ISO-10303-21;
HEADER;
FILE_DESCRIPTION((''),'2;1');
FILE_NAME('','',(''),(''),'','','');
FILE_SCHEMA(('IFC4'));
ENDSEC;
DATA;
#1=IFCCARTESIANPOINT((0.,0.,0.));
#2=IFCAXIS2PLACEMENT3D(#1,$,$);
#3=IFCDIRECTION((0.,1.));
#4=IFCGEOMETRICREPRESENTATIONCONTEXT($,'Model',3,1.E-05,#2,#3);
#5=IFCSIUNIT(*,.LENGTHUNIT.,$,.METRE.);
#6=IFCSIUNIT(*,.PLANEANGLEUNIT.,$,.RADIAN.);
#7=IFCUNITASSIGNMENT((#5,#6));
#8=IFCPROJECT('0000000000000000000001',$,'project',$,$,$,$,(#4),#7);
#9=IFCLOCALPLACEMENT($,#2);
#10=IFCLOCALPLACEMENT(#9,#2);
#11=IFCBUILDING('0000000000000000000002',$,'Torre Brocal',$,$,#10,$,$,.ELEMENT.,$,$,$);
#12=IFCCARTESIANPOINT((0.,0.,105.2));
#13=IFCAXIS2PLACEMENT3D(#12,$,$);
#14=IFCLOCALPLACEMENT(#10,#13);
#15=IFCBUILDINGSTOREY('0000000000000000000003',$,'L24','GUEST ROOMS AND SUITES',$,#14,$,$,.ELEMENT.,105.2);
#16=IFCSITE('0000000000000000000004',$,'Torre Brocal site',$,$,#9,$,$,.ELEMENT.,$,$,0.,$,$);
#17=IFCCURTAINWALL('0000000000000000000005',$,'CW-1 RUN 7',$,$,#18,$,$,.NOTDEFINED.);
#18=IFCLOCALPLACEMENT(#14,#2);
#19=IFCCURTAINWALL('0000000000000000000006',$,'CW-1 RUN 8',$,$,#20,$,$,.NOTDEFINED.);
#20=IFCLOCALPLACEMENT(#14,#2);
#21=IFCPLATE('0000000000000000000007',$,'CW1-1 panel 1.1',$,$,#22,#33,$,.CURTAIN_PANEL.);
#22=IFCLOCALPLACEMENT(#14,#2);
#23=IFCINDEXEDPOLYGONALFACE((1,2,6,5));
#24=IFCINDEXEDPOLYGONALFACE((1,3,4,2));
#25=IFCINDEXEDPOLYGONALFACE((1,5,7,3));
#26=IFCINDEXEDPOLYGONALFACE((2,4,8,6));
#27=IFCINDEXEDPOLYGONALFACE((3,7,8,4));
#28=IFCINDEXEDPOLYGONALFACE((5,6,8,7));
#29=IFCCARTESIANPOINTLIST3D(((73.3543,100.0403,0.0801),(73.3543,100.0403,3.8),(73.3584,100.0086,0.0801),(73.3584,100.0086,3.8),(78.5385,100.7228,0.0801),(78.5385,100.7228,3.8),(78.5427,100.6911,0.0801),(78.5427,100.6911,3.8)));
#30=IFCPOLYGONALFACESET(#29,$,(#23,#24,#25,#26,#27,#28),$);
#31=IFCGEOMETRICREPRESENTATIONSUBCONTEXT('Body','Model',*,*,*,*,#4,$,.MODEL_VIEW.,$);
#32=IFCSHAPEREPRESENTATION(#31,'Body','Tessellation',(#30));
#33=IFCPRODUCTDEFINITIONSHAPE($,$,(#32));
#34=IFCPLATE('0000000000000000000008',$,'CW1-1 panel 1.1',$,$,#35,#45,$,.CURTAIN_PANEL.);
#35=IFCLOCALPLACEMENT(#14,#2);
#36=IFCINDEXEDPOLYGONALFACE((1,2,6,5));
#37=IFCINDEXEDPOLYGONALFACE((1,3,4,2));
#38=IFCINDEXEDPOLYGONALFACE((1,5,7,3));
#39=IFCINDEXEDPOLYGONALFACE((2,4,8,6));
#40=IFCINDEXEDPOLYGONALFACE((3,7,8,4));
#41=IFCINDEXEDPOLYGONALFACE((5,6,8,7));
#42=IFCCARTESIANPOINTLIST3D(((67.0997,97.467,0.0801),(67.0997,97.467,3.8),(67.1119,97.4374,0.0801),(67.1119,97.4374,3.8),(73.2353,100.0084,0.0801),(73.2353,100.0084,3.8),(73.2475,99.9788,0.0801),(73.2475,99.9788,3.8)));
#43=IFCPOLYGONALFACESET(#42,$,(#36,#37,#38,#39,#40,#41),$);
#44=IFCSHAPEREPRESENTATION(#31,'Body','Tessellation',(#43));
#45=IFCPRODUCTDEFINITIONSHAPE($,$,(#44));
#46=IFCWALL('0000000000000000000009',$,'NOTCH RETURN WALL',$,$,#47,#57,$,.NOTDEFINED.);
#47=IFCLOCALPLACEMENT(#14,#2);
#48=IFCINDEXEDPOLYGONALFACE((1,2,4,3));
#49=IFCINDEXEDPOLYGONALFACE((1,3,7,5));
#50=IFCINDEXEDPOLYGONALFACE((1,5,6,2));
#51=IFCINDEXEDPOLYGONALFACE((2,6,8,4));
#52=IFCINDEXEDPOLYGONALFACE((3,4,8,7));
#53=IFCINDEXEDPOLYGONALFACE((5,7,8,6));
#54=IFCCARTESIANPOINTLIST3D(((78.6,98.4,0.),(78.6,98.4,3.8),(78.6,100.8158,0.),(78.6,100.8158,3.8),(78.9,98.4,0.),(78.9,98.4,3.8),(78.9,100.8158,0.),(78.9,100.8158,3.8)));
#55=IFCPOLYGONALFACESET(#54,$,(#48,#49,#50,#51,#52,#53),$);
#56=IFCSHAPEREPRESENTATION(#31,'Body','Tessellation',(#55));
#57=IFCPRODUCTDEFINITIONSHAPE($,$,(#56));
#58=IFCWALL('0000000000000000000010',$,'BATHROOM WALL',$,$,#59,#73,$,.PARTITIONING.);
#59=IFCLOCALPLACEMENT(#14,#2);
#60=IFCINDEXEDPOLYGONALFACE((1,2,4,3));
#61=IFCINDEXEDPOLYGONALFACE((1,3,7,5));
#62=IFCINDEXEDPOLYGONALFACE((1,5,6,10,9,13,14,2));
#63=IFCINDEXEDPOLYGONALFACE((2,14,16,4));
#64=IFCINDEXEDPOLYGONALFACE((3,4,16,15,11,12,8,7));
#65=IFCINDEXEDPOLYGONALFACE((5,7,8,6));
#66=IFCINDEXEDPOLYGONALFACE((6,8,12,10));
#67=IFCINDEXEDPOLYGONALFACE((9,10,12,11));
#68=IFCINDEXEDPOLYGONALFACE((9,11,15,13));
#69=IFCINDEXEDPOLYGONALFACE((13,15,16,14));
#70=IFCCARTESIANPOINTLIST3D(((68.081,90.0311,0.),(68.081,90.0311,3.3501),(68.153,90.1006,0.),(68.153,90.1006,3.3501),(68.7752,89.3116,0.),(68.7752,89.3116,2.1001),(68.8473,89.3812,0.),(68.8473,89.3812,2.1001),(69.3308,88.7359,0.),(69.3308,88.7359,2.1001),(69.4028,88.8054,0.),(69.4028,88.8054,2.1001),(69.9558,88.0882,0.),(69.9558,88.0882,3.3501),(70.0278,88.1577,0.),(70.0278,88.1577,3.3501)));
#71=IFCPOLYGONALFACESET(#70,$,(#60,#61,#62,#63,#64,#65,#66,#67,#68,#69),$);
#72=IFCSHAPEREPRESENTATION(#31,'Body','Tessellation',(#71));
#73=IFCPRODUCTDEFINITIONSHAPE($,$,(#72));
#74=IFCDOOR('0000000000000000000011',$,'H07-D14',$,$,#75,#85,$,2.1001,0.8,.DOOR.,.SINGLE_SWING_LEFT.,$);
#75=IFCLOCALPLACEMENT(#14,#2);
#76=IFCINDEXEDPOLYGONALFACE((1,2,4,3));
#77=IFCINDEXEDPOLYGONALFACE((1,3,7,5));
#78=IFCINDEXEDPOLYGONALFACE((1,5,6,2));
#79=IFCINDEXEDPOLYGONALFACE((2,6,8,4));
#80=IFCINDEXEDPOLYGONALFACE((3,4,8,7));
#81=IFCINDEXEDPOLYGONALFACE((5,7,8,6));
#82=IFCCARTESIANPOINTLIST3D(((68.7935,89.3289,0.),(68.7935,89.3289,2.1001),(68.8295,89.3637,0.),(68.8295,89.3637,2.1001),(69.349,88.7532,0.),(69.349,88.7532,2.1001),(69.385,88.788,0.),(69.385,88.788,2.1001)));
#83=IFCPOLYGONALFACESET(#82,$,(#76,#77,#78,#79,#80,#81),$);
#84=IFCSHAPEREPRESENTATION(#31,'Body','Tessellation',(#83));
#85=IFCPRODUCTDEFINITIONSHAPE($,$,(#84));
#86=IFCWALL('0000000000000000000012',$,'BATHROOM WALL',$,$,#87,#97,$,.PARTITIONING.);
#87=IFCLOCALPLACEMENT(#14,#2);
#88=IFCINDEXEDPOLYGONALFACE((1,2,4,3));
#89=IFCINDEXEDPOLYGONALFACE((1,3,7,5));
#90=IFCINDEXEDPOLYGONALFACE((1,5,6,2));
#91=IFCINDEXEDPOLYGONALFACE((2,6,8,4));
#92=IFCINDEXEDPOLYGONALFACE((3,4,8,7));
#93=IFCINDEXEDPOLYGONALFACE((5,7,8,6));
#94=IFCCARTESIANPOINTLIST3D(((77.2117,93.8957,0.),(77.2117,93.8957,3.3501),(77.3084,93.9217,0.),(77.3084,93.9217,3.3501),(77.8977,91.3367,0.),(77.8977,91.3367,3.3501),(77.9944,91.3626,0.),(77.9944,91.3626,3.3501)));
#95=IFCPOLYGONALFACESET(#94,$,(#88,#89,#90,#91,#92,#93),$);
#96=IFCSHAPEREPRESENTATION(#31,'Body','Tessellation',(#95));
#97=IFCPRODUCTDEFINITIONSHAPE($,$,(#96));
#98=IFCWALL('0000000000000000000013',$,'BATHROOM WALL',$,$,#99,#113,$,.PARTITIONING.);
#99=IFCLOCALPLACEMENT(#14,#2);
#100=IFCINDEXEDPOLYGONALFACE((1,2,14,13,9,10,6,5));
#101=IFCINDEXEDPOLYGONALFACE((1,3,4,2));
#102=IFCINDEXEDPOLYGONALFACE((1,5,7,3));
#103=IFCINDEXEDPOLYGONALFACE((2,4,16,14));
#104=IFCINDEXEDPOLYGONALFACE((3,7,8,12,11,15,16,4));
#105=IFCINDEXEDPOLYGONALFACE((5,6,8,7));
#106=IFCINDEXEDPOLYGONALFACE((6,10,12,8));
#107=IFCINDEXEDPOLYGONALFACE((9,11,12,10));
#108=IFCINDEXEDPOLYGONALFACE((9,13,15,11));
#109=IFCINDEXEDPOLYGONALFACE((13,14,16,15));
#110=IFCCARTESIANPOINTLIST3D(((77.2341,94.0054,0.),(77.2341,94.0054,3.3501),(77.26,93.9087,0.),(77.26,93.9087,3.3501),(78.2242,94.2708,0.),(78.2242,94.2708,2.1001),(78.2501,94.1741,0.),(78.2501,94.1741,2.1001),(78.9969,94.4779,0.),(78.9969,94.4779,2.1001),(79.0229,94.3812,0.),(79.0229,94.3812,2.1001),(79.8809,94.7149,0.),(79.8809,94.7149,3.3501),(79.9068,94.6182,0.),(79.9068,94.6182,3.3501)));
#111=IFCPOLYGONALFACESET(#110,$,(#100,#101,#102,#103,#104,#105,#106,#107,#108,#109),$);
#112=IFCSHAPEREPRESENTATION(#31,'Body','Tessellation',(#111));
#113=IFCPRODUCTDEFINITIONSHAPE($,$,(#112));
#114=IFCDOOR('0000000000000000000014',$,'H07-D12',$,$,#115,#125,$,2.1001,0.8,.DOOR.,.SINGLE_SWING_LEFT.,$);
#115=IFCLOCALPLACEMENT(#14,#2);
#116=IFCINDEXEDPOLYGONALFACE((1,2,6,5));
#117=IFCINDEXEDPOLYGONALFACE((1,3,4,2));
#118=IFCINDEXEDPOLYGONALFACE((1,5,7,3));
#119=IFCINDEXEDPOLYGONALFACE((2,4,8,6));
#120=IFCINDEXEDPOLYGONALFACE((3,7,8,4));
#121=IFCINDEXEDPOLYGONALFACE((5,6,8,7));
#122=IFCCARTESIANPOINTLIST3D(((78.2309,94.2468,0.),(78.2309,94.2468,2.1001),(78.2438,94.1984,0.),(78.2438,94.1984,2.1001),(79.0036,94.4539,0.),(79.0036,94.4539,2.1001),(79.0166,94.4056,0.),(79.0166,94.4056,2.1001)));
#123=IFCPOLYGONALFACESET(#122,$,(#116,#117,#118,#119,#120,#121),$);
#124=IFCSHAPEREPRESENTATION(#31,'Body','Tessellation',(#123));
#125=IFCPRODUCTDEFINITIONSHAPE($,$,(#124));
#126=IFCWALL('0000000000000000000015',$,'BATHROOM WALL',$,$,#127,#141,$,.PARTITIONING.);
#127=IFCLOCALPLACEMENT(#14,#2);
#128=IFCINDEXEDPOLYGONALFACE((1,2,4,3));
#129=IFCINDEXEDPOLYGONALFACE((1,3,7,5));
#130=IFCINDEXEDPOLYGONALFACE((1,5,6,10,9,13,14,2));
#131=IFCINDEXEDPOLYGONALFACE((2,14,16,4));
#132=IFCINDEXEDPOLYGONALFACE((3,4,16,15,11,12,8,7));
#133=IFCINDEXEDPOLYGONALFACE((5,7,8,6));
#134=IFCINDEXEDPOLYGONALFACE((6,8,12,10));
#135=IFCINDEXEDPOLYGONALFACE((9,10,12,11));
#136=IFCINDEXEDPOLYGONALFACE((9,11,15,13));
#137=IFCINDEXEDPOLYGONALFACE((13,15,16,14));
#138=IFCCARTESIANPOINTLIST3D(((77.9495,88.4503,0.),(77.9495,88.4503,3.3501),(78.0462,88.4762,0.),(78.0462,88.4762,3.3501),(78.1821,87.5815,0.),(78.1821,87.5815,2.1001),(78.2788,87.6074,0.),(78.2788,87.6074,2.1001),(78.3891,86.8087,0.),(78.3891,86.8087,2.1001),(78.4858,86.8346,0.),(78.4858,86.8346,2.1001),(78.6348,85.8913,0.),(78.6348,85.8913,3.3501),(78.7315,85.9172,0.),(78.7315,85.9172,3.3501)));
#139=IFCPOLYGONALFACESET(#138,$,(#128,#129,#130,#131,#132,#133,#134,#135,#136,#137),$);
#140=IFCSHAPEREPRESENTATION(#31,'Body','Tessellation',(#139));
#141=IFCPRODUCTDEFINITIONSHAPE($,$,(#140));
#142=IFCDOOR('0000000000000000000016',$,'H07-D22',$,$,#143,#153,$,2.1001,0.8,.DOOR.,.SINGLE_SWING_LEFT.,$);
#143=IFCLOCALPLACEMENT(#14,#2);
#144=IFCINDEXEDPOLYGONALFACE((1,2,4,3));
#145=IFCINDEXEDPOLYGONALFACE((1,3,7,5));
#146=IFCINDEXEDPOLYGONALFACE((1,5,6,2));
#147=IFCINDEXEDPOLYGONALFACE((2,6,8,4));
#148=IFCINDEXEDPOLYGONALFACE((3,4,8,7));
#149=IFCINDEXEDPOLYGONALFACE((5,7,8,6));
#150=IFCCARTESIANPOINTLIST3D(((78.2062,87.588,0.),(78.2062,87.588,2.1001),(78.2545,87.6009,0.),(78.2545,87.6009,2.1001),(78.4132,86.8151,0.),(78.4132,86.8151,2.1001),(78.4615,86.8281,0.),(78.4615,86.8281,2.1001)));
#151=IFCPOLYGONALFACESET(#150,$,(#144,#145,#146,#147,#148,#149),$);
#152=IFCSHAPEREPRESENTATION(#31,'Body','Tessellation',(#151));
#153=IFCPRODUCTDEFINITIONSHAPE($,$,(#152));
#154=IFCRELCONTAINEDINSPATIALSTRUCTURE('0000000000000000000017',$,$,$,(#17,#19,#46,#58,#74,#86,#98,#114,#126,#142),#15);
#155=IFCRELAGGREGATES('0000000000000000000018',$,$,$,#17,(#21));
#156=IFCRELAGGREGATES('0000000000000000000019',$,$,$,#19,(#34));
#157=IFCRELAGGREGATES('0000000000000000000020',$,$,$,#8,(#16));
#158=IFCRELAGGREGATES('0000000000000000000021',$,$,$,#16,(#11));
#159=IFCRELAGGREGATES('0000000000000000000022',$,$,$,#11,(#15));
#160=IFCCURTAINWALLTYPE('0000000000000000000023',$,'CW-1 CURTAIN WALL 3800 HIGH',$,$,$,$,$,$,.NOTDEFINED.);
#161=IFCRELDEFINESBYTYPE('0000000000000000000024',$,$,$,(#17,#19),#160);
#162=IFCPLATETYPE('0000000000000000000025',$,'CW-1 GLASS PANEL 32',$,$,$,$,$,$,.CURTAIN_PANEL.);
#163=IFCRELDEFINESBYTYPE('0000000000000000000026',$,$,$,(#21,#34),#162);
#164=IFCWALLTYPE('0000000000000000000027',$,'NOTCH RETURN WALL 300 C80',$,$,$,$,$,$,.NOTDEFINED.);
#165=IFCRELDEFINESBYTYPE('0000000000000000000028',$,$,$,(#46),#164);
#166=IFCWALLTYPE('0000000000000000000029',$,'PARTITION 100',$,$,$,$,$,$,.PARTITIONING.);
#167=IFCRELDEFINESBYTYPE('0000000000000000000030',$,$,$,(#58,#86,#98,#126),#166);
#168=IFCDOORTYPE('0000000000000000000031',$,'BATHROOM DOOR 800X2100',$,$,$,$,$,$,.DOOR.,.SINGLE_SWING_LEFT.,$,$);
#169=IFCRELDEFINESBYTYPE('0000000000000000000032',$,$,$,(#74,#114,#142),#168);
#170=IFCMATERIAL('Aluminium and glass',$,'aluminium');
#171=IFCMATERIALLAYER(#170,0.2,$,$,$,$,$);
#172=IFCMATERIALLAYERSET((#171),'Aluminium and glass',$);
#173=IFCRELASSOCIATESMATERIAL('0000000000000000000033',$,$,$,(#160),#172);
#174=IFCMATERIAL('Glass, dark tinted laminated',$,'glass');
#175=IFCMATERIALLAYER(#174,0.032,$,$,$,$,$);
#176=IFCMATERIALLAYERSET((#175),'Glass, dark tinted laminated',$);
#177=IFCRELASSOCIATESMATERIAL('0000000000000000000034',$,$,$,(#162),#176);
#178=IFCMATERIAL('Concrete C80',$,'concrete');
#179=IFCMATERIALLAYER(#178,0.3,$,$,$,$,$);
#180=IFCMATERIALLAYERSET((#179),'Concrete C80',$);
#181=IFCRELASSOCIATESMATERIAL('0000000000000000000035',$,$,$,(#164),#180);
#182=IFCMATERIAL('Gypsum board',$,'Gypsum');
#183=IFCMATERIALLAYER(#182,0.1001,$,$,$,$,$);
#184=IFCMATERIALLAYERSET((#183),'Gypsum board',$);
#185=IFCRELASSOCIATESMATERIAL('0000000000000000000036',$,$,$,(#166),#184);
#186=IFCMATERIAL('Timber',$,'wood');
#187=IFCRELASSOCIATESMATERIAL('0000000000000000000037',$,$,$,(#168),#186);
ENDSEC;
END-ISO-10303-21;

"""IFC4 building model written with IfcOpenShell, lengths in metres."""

from ifc_helpers import new_model, si_unit, direction, frame, frame_2d, origin, origin_2d, place, context, subcontext, project, spatial, rectangle, extrude, material, layer, layer_set, type_object, element, fill, aggregate, save


model = new_model("IFC4")

# Units and contexts
model_context = context("Model", 3, precision=1e-05, world=origin(), true_north=direction((0.0, 1.0)))
body_context = subcontext(model_context, "Body", "Model", "MODEL_VIEW")
ifc_project = project(units=[si_unit("LENGTHUNIT", "METRE"), si_unit("PLANEANGLEUNIT", "RADIAN")], contexts=[model_context])

# Site, building, storey
site_placement = place(None, origin())
site = spatial("IfcSite", under=ifc_project, at=site_placement, Name="Torre Brocal site", CompositionType="ELEMENT", RefElevation=0.0)
building_placement = place(site_placement, origin())
building = spatial("IfcBuilding", under=site, at=building_placement, Name="Torre Brocal", CompositionType="ELEMENT")
storey_placement = place(building_placement, frame((0.0, 0.0, 105.2)))
storey = spatial("IfcBuildingStorey", under=building, at=storey_placement, Name="L24", Description="GUEST ROOMS AND SUITES", CompositionType="ELEMENT", Elevation=105.2)

# Curtain wall
ifc_material_1 = material(Name="Aluminium and glass", Category="aluminium")
ifc_layer_1 = layer(ifc_material_1, 0.2)
ifc_layer_set_1 = layer_set([ifc_layer_1], Name="Aluminium and glass")
curtain_wall_type = type_object("IfcCurtainWallType", Name="CW-1 CURTAIN WALL 3800 HIGH", PredefinedType="NOTDEFINED", material=ifc_layer_set_1)
curtain_wall_1_placement = place(storey_placement, origin())
curtain_wall_1 = element("IfcCurtainWall", 1, at=curtain_wall_1_placement, inside=storey, type_object=curtain_wall_type, Name="CW-1 RUN 7", PredefinedType="NOTDEFINED")

# Curtain wall
curtain_wall_2_placement = place(storey_placement, origin())
curtain_wall_2 = element("IfcCurtainWall", 2, at=curtain_wall_2_placement, inside=storey, type_object=curtain_wall_type, Name="CW-1 RUN 8", PredefinedType="NOTDEFINED")

# Plates
ifc_material_2 = material(Name="Glass, dark tinted laminated", Category="glass")
ifc_layer_2 = layer(ifc_material_2, 0.032)
ifc_layer_set_2 = layer_set([ifc_layer_2], Name="Glass, dark tinted laminated")
plate_type = type_object("IfcPlateType", Name="CW-1 GLASS PANEL 32", PredefinedType="CURTAIN_PANEL", material=ifc_layer_set_2)
plate_1_placement = place(storey_placement, frame((75.9485, 100.3657, 0.0801), z_axis=(0.0, 0.0, 1.0), x_axis=(-0.991445, -0.130526, 0.0)))
plate_1 = element("IfcPlate", 3, at=plate_1_placement, type_object=plate_type, Name="CW1-1 panel 1.1", PredefinedType="CURTAIN_PANEL", context=body_context, shape_type="SweptSolid", body=[
    extrude(rectangle(XDim=5.229, YDim=0.032, at=origin_2d()), origin(), (0.0, 0.0, 1.0), 3.72),
])
aggregate(curtain_wall_1, [plate_1])
plate_2_placement = place(storey_placement, frame((70.1736, 98.7229, 0.0801), z_axis=(0.0, 0.0, 1.0), x_axis=(-0.92388, -0.382683, 0.0)))
plate_2 = element("IfcPlate", 4, at=plate_2_placement, type_object=plate_type, Name="CW1-1 panel 1.1", PredefinedType="CURTAIN_PANEL", context=body_context, shape_type="SweptSolid", body=[
    extrude(rectangle(XDim=6.6411, YDim=0.032, at=origin_2d()), origin(), (0.0, 0.0, 1.0), 3.72),
])
aggregate(curtain_wall_2, [plate_2])

# Wall
ifc_material_3 = material(Name="Concrete C80", Category="concrete")
ifc_layer_3 = layer(ifc_material_3, 0.3)
ifc_layer_set_3 = layer_set([ifc_layer_3], Name="Concrete C80")
wall_type_1 = type_object("IfcWallType", Name="NOTCH RETURN WALL 300 C80", PredefinedType="NOTDEFINED", material=ifc_layer_set_3)
wall_1_placement = place(storey_placement, frame((78.75, 98.3999, 0.0), z_axis=(0.0, 0.0, 1.0), x_axis=(0.0, 1.0, 0.0)))
element("IfcWall", 5, at=wall_1_placement, inside=storey, type_object=wall_type_1, Name="NOTCH RETURN WALL", PredefinedType="NOTDEFINED", context=body_context, shape_type="SweptSolid", body=[
    extrude(rectangle(XDim=2.4158, YDim=0.3, at=frame_2d((1.208, 0.0))), origin(), (0.0, 0.0, 1.0), 3.8),
])

# Wall, opening, door
ifc_material_4 = material(Name="Gypsum board", Category="Gypsum")
ifc_layer_4 = layer(ifc_material_4, 0.1001)
ifc_layer_set_4 = layer_set([ifc_layer_4], Name="Gypsum board")
wall_type_2 = type_object("IfcWallType", Name="PARTITION 100", PredefinedType="PARTITIONING", material=ifc_layer_set_4)
wall_2_placement = place(storey_placement, frame((68.1169, 90.0659, 0.0), z_axis=(0.0, 0.0, 1.0), x_axis=(0.69438, -0.719609, 0.0)))
wall_2 = element("IfcWall", 6, at=wall_2_placement, inside=storey, type_object=wall_type_2, Name="BATHROOM WALL", PredefinedType="PARTITIONING", context=body_context, shape_type="SweptSolid", body=[
    extrude(rectangle(XDim=2.7, YDim=0.1001, at=frame_2d((1.3501, 0.0))), origin(), (0.0, 0.0, 1.0), 3.3501),
])
opening_1_placement = place(wall_2_placement, frame((1.0, 0.0, 0.0)))
opening_1 = element("IfcOpeningElement", 7, at=opening_1_placement, cuts=wall_2, PredefinedType="OPENING", context=body_context, shape_type="SweptSolid", body=[
    extrude(rectangle(XDim=0.8, YDim=2.1001, at=frame_2d((0.3999, 1.05))), frame((0.0, 0.0601, 0.0), z_axis=(0.0, -1.0, 0.0), x_axis=(1.0, 0.0, 0.0)), (0.0, 0.0, 1.0), 0.1201),
])
ifc_material_5 = material(Name="Timber", Category="wood")
door_type_1 = type_object("IfcDoorType", Name="BATHROOM DOOR 800X2100", OperationType="SINGLE_SWING_LEFT", PredefinedType="DOOR", material=ifc_material_5)
door_1_placement = place(opening_1_placement, frame((0.8, 0.0, 0.0), z_axis=(0.0, 0.0, 1.0), x_axis=(-1.0, 0.0, 0.0)))
door_1 = element("IfcDoor", 8, at=door_1_placement, inside=storey, type_object=door_type_1, Name="H07-D14", OperationType="SINGLE_SWING_LEFT", OverallHeight=2.1001, OverallWidth=0.8, PredefinedType="DOOR", context=body_context, shape_type="SweptSolid", body=[
    extrude(rectangle(XDim=0.8, YDim=2.1001, at=frame_2d((0.3999, 1.05))), frame((0.0, 0.0249, 0.0), z_axis=(0.0, -1.0, 0.0), x_axis=(1.0, 0.0, 0.0)), (0.0, 0.0, 1.0), 0.05),
])
fill(opening_1, door_1)

# Wall
wall_3_placement = place(storey_placement, frame((77.26, 93.9087, 0.0), z_axis=(0.0, 0.0, 1.0), x_axis=(0.258936, -0.965895, 0.0)))
element("IfcWall", 9, at=wall_3_placement, inside=storey, type_object=wall_type_2, Name="BATHROOM WALL", PredefinedType="PARTITIONING", context=body_context, shape_type="SweptSolid", body=[
    extrude(rectangle(XDim=2.6494, YDim=0.1001, at=frame_2d((1.3247, 0.0))), origin(), (0.0, 0.0, 1.0), 3.3501),
])

# Walls, openings, doors
wall_4_placement = place(storey_placement, frame((77.2471, 93.957, 0.0), z_axis=(0.0, 0.0, 1.0), x_axis=(0.9659, 0.258916, 0.0)))
wall_4 = element("IfcWall", 10, at=wall_4_placement, inside=storey, type_object=wall_type_2, Name="BATHROOM WALL", PredefinedType="PARTITIONING", context=body_context, shape_type="SweptSolid", body=[
    extrude(rectangle(XDim=2.7402, YDim=0.1001, at=frame_2d((1.3701, 0.0))), origin(), (0.0, 0.0, 1.0), 3.3501),
])
opening_2_placement = place(wall_4_placement, frame((1.0251, 0.0, 0.0)))
opening_2 = element("IfcOpeningElement", 11, at=opening_2_placement, cuts=wall_4, PredefinedType="OPENING", context=body_context, shape_type="SweptSolid", body=[
    extrude(rectangle(XDim=0.8, YDim=2.1001, at=frame_2d((0.3999, 1.05))), frame((0.0, 0.0601, 0.0), z_axis=(0.0, -1.0, 0.0), x_axis=(1.0, 0.0, 0.0)), (0.0, 0.0, 1.0), 0.1201),
])
door_2_placement = place(opening_2_placement, frame((0.8, 0.0, 0.0), z_axis=(0.0, 0.0, 1.0), x_axis=(-1.0, 0.0, 0.0)))
door_2 = element("IfcDoor", 12, at=door_2_placement, inside=storey, type_object=door_type_1, Name="H07-D12", OperationType="SINGLE_SWING_LEFT", OverallHeight=2.1001, OverallWidth=0.8, PredefinedType="DOOR", context=body_context, shape_type="SweptSolid", body=[
    extrude(rectangle(XDim=0.8, YDim=2.1001, at=frame_2d((0.3999, 1.05))), frame((0.0, 0.0249, 0.0), z_axis=(0.0, -1.0, 0.0), x_axis=(1.0, 0.0, 0.0)), (0.0, 0.0, 1.0), 0.05),
])
fill(opening_2, door_2)
wall_5_placement = place(storey_placement, frame((77.9978, 88.4634, 0.0), z_axis=(0.0, 0.0, 1.0), x_axis=(0.258678, -0.965964, 0.0)))
wall_5 = element("IfcWall", 13, at=wall_5_placement, inside=storey, type_object=wall_type_2, Name="BATHROOM WALL", PredefinedType="PARTITIONING", context=body_context, shape_type="SweptSolid", body=[
    extrude(rectangle(XDim=2.6492, YDim=0.1001, at=frame_2d((1.3247, 0.0))), origin(), (0.0, 0.0, 1.0), 3.3501),
])
opening_3_placement = place(wall_5_placement, frame((0.8997, 0.0, 0.0)))
opening_3 = element("IfcOpeningElement", 14, at=opening_3_placement, cuts=wall_5, PredefinedType="OPENING", context=body_context, shape_type="SweptSolid", body=[
    extrude(rectangle(XDim=0.8, YDim=2.1001, at=frame_2d((0.3999, 1.05))), frame((0.0, 0.0601, 0.0), z_axis=(0.0, -1.0, 0.0), x_axis=(1.0, 0.0, 0.0)), (0.0, 0.0, 1.0), 0.1201),
])
door_3_placement = place(opening_3_placement, origin())
door_3 = element("IfcDoor", 15, at=door_3_placement, inside=storey, type_object=door_type_1, Name="H07-D22", OperationType="SINGLE_SWING_LEFT", OverallHeight=2.1001, OverallWidth=0.8, PredefinedType="DOOR", context=body_context, shape_type="SweptSolid", body=[
    extrude(rectangle(XDim=0.8, YDim=2.1001, at=frame_2d((0.3999, 1.05))), frame((0.0, 0.0249, 0.0), z_axis=(0.0, -1.0, 0.0), x_axis=(1.0, 0.0, 0.0)), (0.0, 0.0, 1.0), 0.05),
])
fill(opening_3, door_3)

save(model, "model.ifc")
